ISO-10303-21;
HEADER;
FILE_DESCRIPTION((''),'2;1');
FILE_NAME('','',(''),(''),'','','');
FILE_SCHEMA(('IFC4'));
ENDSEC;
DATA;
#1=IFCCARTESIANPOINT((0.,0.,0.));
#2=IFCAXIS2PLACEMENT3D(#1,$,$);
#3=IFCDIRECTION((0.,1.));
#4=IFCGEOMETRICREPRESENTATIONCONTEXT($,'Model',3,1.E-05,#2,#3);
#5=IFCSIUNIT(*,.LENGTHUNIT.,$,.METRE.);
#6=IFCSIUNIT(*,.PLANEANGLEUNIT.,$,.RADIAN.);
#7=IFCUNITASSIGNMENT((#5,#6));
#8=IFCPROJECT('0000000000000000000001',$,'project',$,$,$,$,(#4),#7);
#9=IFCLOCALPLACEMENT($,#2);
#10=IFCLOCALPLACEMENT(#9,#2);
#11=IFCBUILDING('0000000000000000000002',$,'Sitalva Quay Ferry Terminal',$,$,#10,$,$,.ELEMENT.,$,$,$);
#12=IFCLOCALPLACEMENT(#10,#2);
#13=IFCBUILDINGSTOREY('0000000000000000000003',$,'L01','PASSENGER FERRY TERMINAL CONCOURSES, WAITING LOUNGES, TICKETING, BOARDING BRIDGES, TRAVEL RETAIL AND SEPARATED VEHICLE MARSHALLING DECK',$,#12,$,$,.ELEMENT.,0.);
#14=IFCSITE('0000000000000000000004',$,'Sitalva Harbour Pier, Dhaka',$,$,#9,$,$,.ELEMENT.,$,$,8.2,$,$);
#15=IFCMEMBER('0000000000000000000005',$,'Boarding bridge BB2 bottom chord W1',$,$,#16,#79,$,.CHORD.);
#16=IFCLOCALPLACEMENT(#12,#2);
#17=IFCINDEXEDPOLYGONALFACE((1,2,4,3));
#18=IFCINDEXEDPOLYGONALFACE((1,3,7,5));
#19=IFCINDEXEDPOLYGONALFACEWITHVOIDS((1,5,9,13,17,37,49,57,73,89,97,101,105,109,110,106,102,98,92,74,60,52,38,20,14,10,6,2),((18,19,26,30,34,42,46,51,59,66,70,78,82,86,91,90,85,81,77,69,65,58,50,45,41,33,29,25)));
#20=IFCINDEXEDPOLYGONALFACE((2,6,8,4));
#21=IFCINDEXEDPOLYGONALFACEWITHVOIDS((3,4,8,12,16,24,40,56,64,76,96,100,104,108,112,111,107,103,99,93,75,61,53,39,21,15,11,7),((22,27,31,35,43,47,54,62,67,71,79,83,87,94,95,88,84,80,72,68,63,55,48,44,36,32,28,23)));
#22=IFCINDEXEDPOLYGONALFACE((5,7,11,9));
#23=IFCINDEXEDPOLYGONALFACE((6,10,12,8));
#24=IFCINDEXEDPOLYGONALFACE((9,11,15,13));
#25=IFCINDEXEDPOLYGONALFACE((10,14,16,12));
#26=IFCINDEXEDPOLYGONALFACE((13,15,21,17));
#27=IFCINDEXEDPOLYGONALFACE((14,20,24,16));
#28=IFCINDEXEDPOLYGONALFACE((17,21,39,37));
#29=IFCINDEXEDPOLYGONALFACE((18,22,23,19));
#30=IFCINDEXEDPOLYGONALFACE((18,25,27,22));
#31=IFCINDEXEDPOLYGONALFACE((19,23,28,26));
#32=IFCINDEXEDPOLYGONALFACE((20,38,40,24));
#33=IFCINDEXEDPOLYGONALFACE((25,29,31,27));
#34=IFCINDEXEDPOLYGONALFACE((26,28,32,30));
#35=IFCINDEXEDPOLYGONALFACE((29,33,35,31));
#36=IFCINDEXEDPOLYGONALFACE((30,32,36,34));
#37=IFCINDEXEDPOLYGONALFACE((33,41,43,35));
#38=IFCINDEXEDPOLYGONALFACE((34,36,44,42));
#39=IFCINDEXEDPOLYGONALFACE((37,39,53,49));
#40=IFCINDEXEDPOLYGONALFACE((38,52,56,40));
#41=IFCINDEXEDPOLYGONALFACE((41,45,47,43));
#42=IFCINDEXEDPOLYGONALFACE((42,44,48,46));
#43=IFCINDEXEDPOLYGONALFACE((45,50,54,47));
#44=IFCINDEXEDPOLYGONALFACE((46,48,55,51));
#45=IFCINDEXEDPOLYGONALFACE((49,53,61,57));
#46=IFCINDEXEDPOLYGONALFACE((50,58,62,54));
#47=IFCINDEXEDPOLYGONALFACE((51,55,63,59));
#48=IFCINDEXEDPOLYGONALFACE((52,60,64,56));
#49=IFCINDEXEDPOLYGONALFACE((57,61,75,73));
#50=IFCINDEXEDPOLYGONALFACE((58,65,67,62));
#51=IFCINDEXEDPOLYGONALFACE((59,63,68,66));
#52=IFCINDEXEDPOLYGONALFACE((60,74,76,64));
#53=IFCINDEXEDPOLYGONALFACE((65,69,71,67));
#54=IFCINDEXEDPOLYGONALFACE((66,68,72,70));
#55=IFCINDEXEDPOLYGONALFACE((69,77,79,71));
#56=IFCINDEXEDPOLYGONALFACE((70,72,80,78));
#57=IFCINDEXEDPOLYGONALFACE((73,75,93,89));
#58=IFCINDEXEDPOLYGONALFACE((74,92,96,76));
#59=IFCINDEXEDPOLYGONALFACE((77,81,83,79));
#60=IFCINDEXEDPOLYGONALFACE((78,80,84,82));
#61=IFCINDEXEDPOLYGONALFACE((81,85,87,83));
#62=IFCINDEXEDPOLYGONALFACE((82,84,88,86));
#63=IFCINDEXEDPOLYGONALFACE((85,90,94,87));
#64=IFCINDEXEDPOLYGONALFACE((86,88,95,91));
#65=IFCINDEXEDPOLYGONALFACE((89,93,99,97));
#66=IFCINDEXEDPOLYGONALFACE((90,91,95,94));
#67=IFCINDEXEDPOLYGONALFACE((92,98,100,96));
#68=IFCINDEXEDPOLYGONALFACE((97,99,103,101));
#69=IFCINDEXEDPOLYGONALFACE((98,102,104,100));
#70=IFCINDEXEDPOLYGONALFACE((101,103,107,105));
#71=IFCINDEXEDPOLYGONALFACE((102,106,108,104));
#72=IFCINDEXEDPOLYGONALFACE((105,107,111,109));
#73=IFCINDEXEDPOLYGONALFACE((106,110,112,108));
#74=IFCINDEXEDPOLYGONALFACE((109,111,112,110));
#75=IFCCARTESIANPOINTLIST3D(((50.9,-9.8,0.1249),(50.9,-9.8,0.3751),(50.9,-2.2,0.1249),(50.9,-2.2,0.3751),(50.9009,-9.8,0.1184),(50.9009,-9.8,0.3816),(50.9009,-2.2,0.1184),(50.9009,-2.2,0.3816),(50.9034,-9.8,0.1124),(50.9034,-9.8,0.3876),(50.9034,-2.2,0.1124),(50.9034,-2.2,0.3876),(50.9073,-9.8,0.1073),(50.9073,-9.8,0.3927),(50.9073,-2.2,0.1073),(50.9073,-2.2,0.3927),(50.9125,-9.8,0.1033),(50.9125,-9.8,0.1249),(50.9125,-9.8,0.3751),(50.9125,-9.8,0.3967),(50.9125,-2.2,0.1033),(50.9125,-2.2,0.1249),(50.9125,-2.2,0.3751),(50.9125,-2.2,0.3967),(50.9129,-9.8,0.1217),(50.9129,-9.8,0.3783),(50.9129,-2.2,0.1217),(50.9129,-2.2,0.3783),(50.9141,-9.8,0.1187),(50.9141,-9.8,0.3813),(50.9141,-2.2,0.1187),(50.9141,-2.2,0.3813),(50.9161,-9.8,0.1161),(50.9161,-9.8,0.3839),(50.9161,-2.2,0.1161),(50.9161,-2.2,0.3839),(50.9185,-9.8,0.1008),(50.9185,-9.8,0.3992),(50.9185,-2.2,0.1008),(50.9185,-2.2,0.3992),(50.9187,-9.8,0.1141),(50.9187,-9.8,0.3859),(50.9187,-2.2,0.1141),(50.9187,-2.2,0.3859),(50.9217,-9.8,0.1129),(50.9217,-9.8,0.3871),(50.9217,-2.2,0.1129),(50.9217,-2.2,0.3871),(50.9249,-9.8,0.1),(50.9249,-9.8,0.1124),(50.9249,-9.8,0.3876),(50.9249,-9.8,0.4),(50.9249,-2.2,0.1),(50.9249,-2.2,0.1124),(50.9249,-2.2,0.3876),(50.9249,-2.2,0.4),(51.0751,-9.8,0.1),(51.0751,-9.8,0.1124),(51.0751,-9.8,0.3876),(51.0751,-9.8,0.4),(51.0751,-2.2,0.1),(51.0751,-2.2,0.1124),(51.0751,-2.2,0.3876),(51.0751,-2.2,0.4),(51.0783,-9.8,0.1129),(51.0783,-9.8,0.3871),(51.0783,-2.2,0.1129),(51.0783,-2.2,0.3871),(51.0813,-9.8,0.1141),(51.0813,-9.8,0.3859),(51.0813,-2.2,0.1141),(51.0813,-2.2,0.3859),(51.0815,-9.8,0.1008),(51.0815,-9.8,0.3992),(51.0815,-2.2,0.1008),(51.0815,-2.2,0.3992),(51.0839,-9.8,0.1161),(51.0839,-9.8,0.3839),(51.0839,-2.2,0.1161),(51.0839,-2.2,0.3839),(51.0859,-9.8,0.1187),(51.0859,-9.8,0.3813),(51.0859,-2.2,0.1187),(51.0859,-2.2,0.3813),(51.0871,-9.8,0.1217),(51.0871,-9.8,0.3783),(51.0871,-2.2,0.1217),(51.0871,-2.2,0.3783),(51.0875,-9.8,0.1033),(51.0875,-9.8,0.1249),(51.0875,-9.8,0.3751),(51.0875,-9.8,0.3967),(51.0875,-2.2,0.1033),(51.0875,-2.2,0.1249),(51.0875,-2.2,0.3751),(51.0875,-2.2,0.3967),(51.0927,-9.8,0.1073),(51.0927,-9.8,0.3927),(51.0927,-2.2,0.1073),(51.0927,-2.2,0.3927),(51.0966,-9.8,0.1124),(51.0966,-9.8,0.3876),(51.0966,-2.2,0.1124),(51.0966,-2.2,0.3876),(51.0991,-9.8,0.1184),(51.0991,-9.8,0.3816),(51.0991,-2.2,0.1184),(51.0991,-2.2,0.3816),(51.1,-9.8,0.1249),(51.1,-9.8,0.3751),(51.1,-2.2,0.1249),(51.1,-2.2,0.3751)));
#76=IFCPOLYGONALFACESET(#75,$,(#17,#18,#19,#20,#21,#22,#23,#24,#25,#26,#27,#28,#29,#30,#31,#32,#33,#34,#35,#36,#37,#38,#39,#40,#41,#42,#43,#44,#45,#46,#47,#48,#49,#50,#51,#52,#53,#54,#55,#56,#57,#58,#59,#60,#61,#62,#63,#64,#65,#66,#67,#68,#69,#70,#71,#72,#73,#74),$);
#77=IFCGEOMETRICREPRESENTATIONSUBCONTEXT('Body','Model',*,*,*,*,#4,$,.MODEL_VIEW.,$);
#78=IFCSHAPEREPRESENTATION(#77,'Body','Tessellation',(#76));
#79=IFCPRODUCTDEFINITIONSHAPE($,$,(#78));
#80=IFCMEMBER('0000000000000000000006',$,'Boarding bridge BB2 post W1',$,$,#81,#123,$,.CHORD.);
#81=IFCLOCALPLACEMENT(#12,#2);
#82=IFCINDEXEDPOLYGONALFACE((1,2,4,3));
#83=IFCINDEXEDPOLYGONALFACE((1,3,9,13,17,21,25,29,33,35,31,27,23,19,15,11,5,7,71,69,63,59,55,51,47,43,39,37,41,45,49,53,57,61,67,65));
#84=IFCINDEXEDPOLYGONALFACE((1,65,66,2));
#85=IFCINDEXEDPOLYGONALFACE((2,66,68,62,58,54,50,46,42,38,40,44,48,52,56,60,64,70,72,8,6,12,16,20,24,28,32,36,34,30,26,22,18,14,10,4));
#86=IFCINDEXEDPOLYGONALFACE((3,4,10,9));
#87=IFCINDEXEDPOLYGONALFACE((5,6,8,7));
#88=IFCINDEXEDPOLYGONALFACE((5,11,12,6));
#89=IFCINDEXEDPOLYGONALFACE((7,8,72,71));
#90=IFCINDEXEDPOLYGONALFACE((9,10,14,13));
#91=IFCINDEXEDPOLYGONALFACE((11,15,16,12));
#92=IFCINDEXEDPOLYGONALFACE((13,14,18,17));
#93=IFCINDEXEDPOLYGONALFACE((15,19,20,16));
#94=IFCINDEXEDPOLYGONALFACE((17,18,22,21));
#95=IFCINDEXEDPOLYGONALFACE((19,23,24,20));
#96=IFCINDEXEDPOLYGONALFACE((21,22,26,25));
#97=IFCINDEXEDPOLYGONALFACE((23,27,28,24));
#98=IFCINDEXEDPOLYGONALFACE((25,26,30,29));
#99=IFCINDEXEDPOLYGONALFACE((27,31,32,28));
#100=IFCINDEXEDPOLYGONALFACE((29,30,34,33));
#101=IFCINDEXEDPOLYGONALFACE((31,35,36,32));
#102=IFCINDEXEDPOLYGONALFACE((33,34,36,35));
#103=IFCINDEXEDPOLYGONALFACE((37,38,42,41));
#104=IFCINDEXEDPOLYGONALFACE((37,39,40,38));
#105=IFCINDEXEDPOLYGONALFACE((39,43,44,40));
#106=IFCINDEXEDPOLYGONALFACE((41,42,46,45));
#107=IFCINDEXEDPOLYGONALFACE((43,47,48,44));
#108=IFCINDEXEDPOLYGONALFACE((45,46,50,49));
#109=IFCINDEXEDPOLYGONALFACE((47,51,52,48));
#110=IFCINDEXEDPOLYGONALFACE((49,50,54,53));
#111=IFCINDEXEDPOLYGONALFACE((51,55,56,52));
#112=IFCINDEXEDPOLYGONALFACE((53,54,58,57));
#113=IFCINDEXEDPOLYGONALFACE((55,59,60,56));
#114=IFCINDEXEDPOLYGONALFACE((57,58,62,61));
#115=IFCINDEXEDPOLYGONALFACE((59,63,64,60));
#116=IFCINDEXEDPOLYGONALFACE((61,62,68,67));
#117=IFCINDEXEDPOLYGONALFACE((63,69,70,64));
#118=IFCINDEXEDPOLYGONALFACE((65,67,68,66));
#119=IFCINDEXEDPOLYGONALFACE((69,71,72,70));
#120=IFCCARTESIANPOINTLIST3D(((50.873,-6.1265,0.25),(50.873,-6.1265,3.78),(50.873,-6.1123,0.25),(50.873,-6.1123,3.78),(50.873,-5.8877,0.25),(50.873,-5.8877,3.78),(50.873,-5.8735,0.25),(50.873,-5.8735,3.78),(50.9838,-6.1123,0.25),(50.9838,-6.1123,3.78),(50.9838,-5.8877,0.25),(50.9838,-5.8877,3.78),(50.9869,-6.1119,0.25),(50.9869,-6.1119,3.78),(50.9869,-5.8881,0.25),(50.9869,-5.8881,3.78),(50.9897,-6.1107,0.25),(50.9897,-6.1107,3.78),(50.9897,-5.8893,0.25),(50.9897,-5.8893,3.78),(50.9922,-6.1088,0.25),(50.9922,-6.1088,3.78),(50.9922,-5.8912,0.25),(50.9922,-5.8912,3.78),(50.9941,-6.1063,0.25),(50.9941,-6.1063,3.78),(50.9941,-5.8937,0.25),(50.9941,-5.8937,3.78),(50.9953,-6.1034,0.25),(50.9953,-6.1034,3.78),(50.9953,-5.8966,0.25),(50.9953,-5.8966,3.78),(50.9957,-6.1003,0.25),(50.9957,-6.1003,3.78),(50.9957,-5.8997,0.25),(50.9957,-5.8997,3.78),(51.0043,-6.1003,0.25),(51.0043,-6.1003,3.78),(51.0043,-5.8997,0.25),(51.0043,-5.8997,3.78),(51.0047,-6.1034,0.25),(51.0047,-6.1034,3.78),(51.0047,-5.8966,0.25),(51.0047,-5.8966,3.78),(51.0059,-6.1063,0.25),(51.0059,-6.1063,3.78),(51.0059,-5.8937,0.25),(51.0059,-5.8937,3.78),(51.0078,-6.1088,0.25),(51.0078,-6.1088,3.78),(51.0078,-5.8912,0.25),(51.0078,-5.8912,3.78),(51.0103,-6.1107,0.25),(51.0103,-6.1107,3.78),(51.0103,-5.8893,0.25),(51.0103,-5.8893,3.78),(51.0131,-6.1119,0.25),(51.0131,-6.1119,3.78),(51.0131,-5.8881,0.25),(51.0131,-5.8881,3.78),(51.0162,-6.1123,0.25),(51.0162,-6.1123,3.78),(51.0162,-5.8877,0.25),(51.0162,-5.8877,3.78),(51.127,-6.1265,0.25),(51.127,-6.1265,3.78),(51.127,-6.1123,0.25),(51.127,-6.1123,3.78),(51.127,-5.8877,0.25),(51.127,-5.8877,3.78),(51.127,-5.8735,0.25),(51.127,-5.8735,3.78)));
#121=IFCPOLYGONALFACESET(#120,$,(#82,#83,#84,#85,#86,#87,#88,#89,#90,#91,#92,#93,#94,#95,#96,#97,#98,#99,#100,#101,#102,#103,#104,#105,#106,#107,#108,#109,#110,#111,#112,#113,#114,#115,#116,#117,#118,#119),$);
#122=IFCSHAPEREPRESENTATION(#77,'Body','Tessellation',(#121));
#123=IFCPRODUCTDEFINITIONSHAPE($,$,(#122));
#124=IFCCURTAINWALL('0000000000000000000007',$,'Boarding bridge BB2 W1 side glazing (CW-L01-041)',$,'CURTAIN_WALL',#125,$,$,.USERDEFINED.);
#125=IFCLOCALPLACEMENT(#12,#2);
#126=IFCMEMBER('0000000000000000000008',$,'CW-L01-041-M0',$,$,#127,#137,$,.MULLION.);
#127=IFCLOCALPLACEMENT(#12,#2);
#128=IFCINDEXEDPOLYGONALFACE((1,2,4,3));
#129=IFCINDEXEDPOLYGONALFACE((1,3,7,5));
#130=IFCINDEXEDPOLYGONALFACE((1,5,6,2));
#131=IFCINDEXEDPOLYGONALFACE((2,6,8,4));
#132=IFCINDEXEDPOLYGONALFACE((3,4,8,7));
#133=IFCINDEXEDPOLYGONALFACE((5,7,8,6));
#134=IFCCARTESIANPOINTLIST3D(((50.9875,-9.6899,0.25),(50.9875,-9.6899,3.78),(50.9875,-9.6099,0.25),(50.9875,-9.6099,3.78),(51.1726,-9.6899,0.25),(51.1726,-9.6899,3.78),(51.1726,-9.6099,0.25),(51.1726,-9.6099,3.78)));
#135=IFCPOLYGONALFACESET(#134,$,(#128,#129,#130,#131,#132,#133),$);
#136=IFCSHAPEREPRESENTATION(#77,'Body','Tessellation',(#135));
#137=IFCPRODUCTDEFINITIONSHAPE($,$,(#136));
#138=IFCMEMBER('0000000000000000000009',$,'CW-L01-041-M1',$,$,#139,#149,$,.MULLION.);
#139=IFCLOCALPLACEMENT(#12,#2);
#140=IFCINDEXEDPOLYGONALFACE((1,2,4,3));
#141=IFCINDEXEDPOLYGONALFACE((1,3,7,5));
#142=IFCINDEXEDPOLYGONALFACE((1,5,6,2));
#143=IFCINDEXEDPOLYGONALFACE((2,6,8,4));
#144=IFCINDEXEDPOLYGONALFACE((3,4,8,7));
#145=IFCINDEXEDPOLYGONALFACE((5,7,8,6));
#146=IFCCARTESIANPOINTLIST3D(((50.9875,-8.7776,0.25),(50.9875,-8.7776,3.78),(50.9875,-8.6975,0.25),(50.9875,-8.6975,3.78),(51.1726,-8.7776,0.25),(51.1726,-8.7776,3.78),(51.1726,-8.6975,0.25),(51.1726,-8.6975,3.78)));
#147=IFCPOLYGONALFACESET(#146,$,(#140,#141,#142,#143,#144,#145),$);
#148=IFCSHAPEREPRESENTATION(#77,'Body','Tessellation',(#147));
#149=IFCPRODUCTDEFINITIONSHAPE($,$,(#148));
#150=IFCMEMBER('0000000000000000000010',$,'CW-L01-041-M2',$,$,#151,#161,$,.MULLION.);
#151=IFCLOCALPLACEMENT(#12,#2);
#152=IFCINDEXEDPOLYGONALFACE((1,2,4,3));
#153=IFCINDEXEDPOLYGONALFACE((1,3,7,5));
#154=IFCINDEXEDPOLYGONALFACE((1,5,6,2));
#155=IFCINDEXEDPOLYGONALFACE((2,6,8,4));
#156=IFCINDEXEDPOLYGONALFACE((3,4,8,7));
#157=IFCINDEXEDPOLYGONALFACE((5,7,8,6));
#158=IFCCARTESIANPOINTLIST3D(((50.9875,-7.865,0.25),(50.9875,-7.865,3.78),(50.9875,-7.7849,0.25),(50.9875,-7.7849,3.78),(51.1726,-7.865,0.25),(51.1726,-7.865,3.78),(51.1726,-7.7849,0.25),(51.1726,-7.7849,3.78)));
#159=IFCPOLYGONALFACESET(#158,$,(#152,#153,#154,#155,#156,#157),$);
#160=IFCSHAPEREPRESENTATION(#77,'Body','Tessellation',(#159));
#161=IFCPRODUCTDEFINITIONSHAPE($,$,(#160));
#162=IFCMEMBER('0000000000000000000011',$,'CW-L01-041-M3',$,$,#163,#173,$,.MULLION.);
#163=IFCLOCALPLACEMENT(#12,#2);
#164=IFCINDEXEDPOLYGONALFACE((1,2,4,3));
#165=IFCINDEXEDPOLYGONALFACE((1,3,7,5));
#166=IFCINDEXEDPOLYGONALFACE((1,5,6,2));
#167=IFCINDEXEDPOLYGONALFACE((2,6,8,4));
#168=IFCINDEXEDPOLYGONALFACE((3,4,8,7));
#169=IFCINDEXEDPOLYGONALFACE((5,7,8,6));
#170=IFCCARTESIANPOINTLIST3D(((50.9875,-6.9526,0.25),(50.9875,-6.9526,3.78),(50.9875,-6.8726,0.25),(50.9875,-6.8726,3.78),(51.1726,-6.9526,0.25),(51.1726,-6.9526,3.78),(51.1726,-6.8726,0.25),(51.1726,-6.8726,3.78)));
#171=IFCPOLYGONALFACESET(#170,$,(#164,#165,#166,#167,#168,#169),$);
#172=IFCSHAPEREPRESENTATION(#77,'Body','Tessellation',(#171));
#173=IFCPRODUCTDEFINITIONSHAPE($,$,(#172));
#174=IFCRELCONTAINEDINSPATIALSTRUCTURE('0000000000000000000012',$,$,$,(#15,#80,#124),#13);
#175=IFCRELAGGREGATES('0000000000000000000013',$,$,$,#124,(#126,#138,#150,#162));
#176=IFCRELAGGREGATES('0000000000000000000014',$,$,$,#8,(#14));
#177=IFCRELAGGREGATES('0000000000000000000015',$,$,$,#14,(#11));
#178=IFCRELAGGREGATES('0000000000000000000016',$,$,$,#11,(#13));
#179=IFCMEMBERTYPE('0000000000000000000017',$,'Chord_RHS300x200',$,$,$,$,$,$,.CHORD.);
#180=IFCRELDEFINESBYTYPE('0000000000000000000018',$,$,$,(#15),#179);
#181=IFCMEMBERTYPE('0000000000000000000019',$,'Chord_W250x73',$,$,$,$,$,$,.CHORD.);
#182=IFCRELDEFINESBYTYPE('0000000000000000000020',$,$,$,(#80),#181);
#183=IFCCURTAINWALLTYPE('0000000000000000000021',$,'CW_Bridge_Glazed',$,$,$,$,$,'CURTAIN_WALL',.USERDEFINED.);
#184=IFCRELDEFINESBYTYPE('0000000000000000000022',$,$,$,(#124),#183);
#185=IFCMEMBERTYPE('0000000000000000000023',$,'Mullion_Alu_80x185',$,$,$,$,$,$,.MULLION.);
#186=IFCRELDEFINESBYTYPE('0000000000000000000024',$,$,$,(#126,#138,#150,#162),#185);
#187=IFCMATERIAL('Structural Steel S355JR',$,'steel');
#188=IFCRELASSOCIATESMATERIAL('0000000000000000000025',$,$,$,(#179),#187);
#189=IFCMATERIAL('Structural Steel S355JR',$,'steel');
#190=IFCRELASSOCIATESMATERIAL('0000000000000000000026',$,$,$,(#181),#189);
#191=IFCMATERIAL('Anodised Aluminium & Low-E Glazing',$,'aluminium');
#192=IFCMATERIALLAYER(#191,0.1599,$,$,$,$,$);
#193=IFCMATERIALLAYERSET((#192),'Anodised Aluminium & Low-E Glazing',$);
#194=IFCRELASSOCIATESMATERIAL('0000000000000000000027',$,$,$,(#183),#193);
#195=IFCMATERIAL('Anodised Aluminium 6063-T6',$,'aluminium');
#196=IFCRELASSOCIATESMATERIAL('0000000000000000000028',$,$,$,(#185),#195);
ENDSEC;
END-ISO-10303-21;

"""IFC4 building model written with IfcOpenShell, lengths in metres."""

from ifc_helpers import new_model, si_unit, direction, frame, origin, origin_2d, place, context, subcontext, project, spatial, rectangle, hollow_rectangle, i_section, extrude, material, layer, layer_set, material_profile, profile_set, type_object, element, aggregate, save


model = new_model("IFC4")

# Units and contexts
model_context = context("Model", 3, precision=1e-05, world=origin(), true_north=direction((0.0, 1.0)))
body_context = subcontext(model_context, "Body", "Model", "MODEL_VIEW")
ifc_project = project(units=[si_unit("LENGTHUNIT", "METRE"), si_unit("PLANEANGLEUNIT", "RADIAN")], contexts=[model_context])

# Site, building, storey
site_placement = place(None, origin())
site = spatial("IfcSite", under=ifc_project, at=site_placement, Name="Sitalva Harbour Pier, Dhaka", CompositionType="ELEMENT", RefElevation=8.2)
building_placement = place(site_placement, origin())
building = spatial("IfcBuilding", under=site, at=building_placement, Name="Sitalva Quay Ferry Terminal", CompositionType="ELEMENT")
storey_placement = place(building_placement, origin())
storey = spatial("IfcBuildingStorey", under=building, at=storey_placement, Name="L01", Description="PASSENGER FERRY TERMINAL CONCOURSES, WAITING LOUNGES, TICKETING, BOARDING BRIDGES, TRAVEL RETAIL AND SEPARATED VEHICLE MARSHALLING DECK", CompositionType="ELEMENT", Elevation=0.0)

# Members
ifc_material_1 = material(Name="Structural Steel S355JR", Category="steel")
ifc_material_profile_1 = material_profile(ifc_material_1, hollow_rectangle(XDim=0.2, YDim=0.3, WallThickness=0.0125, InnerFilletRadius=0.0125, OuterFilletRadius=0.0249, at=origin_2d()), Name="RHS300x200x12.5")
ifc_profile_set_1 = profile_set([ifc_material_profile_1], Name="Structural Steel S355JR")
member_type_1 = type_object("IfcMemberType", Name="Chord_RHS300x200", PredefinedType="CHORD", material=ifc_profile_set_1)
member_1_placement = place(storey_placement, frame((51.0, -9.8, 0.25), z_axis=(0.0, 1.0, 0.0), x_axis=(-1.0, 0.0, 0.0)))
element("IfcMember", 1, at=member_1_placement, inside=storey, type_object=member_type_1, Name="Boarding bridge BB2 bottom chord W1", PredefinedType="CHORD", context=body_context, shape_type="SweptSolid", body=[
    extrude(hollow_rectangle(XDim=0.2, YDim=0.3, WallThickness=0.0125, InnerFilletRadius=0.0125, OuterFilletRadius=0.0249, at=origin_2d()), origin(), (0.0, 0.0, 1.0), 7.6001),
])
ifc_material_2 = material(Name="Structural Steel S355JR", Category="steel")
ifc_material_profile_2 = material_profile(ifc_material_2, i_section(OverallWidth=0.2539, OverallDepth=0.2529, WebThickness=0.0085, FlangeThickness=0.0142, FilletRadius=0.012, at=origin_2d()), Name="W250x73")
ifc_profile_set_2 = profile_set([ifc_material_profile_2], Name="Structural Steel S355JR")
member_type_2 = type_object("IfcMemberType", Name="Chord_W250x73", PredefinedType="CHORD", material=ifc_profile_set_2)
member_2_placement = place(storey_placement, frame((51.0, -6.0, 0.25), z_axis=(0.0, 0.0, 1.0), x_axis=(1.0, 0.0, 0.0)))
element("IfcMember", 2, at=member_2_placement, inside=storey, type_object=member_type_2, Name="Boarding bridge BB2 post W1", PredefinedType="CHORD", context=body_context, shape_type="SweptSolid", body=[
    extrude(i_section(OverallWidth=0.2539, OverallDepth=0.2529, WebThickness=0.0085, FlangeThickness=0.0142, FilletRadius=0.012, at=origin_2d()), origin(), (0.0, 0.0, 1.0), 3.53),
])

# Curtain wall, members
ifc_material_3 = material(Name="Anodised Aluminium & Low-E Glazing", Category="aluminium")
ifc_layer_1 = layer(ifc_material_3, 0.1599)
ifc_layer_set_1 = layer_set([ifc_layer_1], Name="Anodised Aluminium & Low-E Glazing")
curtain_wall_type = type_object("IfcCurtainWallType", Name="CW_Bridge_Glazed", ElementType="CURTAIN_WALL", PredefinedType="USERDEFINED", material=ifc_layer_set_1)
curtain_wall_placement = place(storey_placement, origin())
curtain_wall = element("IfcCurtainWall", 3, at=curtain_wall_placement, inside=storey, type_object=curtain_wall_type, Name="Boarding bridge BB2 W1 side glazing (CW-L01-041)", ObjectType="CURTAIN_WALL", PredefinedType="USERDEFINED")
ifc_material_4 = material(Name="Anodised Aluminium 6063-T6", Category="aluminium")
ifc_material_profile_3 = material_profile(ifc_material_4, rectangle(XDim=0.0801, YDim=0.1851, at=origin_2d()), Name="ALU80x185")
ifc_profile_set_3 = profile_set([ifc_material_profile_3], Name="Anodised Aluminium 6063-T6")
member_type_3 = type_object("IfcMemberType", Name="Mullion_Alu_80x185", PredefinedType="MULLION", material=ifc_profile_set_3)
member_3_placement = place(storey_placement, frame((51.0801, -9.6499, 0.25), z_axis=(0.0, 0.0, 1.0), x_axis=(0.0, 1.0, 0.0)))
member_3 = element("IfcMember", 4, at=member_3_placement, type_object=member_type_3, Name="CW-L01-041-M0", PredefinedType="MULLION", context=body_context, shape_type="SweptSolid", body=[
    extrude(rectangle(XDim=0.0801, YDim=0.1851, at=origin_2d()), origin(), (0.0, 0.0, 1.0), 3.53),
])
member_4_placement = place(storey_placement, frame((51.0801, -8.7375, 0.25), z_axis=(0.0, 0.0, 1.0), x_axis=(0.0, 1.0, 0.0)))
member_4 = element("IfcMember", 5, at=member_4_placement, type_object=member_type_3, Name="CW-L01-041-M1", PredefinedType="MULLION", context=body_context, shape_type="SweptSolid", body=[
    extrude(rectangle(XDim=0.0801, YDim=0.1851, at=origin_2d()), origin(), (0.0, 0.0, 1.0), 3.53),
])
member_5_placement = place(storey_placement, frame((51.0801, -7.825, 0.25), z_axis=(0.0, 0.0, 1.0), x_axis=(0.0, 1.0, 0.0)))
member_5 = element("IfcMember", 6, at=member_5_placement, type_object=member_type_3, Name="CW-L01-041-M2", PredefinedType="MULLION", context=body_context, shape_type="SweptSolid", body=[
    extrude(rectangle(XDim=0.0801, YDim=0.1851, at=origin_2d()), origin(), (0.0, 0.0, 1.0), 3.53),
])
member_6_placement = place(storey_placement, frame((51.0801, -6.9126, 0.25), z_axis=(0.0, 0.0, 1.0), x_axis=(0.0, 1.0, 0.0)))
member_6 = element("IfcMember", 7, at=member_6_placement, type_object=member_type_3, Name="CW-L01-041-M3", PredefinedType="MULLION", context=body_context, shape_type="SweptSolid", body=[
    extrude(rectangle(XDim=0.0801, YDim=0.1851, at=origin_2d()), origin(), (0.0, 0.0, 1.0), 3.53),
])

aggregate(curtain_wall, [member_3, member_4, member_5, member_6])

save(model, "model.ifc")
